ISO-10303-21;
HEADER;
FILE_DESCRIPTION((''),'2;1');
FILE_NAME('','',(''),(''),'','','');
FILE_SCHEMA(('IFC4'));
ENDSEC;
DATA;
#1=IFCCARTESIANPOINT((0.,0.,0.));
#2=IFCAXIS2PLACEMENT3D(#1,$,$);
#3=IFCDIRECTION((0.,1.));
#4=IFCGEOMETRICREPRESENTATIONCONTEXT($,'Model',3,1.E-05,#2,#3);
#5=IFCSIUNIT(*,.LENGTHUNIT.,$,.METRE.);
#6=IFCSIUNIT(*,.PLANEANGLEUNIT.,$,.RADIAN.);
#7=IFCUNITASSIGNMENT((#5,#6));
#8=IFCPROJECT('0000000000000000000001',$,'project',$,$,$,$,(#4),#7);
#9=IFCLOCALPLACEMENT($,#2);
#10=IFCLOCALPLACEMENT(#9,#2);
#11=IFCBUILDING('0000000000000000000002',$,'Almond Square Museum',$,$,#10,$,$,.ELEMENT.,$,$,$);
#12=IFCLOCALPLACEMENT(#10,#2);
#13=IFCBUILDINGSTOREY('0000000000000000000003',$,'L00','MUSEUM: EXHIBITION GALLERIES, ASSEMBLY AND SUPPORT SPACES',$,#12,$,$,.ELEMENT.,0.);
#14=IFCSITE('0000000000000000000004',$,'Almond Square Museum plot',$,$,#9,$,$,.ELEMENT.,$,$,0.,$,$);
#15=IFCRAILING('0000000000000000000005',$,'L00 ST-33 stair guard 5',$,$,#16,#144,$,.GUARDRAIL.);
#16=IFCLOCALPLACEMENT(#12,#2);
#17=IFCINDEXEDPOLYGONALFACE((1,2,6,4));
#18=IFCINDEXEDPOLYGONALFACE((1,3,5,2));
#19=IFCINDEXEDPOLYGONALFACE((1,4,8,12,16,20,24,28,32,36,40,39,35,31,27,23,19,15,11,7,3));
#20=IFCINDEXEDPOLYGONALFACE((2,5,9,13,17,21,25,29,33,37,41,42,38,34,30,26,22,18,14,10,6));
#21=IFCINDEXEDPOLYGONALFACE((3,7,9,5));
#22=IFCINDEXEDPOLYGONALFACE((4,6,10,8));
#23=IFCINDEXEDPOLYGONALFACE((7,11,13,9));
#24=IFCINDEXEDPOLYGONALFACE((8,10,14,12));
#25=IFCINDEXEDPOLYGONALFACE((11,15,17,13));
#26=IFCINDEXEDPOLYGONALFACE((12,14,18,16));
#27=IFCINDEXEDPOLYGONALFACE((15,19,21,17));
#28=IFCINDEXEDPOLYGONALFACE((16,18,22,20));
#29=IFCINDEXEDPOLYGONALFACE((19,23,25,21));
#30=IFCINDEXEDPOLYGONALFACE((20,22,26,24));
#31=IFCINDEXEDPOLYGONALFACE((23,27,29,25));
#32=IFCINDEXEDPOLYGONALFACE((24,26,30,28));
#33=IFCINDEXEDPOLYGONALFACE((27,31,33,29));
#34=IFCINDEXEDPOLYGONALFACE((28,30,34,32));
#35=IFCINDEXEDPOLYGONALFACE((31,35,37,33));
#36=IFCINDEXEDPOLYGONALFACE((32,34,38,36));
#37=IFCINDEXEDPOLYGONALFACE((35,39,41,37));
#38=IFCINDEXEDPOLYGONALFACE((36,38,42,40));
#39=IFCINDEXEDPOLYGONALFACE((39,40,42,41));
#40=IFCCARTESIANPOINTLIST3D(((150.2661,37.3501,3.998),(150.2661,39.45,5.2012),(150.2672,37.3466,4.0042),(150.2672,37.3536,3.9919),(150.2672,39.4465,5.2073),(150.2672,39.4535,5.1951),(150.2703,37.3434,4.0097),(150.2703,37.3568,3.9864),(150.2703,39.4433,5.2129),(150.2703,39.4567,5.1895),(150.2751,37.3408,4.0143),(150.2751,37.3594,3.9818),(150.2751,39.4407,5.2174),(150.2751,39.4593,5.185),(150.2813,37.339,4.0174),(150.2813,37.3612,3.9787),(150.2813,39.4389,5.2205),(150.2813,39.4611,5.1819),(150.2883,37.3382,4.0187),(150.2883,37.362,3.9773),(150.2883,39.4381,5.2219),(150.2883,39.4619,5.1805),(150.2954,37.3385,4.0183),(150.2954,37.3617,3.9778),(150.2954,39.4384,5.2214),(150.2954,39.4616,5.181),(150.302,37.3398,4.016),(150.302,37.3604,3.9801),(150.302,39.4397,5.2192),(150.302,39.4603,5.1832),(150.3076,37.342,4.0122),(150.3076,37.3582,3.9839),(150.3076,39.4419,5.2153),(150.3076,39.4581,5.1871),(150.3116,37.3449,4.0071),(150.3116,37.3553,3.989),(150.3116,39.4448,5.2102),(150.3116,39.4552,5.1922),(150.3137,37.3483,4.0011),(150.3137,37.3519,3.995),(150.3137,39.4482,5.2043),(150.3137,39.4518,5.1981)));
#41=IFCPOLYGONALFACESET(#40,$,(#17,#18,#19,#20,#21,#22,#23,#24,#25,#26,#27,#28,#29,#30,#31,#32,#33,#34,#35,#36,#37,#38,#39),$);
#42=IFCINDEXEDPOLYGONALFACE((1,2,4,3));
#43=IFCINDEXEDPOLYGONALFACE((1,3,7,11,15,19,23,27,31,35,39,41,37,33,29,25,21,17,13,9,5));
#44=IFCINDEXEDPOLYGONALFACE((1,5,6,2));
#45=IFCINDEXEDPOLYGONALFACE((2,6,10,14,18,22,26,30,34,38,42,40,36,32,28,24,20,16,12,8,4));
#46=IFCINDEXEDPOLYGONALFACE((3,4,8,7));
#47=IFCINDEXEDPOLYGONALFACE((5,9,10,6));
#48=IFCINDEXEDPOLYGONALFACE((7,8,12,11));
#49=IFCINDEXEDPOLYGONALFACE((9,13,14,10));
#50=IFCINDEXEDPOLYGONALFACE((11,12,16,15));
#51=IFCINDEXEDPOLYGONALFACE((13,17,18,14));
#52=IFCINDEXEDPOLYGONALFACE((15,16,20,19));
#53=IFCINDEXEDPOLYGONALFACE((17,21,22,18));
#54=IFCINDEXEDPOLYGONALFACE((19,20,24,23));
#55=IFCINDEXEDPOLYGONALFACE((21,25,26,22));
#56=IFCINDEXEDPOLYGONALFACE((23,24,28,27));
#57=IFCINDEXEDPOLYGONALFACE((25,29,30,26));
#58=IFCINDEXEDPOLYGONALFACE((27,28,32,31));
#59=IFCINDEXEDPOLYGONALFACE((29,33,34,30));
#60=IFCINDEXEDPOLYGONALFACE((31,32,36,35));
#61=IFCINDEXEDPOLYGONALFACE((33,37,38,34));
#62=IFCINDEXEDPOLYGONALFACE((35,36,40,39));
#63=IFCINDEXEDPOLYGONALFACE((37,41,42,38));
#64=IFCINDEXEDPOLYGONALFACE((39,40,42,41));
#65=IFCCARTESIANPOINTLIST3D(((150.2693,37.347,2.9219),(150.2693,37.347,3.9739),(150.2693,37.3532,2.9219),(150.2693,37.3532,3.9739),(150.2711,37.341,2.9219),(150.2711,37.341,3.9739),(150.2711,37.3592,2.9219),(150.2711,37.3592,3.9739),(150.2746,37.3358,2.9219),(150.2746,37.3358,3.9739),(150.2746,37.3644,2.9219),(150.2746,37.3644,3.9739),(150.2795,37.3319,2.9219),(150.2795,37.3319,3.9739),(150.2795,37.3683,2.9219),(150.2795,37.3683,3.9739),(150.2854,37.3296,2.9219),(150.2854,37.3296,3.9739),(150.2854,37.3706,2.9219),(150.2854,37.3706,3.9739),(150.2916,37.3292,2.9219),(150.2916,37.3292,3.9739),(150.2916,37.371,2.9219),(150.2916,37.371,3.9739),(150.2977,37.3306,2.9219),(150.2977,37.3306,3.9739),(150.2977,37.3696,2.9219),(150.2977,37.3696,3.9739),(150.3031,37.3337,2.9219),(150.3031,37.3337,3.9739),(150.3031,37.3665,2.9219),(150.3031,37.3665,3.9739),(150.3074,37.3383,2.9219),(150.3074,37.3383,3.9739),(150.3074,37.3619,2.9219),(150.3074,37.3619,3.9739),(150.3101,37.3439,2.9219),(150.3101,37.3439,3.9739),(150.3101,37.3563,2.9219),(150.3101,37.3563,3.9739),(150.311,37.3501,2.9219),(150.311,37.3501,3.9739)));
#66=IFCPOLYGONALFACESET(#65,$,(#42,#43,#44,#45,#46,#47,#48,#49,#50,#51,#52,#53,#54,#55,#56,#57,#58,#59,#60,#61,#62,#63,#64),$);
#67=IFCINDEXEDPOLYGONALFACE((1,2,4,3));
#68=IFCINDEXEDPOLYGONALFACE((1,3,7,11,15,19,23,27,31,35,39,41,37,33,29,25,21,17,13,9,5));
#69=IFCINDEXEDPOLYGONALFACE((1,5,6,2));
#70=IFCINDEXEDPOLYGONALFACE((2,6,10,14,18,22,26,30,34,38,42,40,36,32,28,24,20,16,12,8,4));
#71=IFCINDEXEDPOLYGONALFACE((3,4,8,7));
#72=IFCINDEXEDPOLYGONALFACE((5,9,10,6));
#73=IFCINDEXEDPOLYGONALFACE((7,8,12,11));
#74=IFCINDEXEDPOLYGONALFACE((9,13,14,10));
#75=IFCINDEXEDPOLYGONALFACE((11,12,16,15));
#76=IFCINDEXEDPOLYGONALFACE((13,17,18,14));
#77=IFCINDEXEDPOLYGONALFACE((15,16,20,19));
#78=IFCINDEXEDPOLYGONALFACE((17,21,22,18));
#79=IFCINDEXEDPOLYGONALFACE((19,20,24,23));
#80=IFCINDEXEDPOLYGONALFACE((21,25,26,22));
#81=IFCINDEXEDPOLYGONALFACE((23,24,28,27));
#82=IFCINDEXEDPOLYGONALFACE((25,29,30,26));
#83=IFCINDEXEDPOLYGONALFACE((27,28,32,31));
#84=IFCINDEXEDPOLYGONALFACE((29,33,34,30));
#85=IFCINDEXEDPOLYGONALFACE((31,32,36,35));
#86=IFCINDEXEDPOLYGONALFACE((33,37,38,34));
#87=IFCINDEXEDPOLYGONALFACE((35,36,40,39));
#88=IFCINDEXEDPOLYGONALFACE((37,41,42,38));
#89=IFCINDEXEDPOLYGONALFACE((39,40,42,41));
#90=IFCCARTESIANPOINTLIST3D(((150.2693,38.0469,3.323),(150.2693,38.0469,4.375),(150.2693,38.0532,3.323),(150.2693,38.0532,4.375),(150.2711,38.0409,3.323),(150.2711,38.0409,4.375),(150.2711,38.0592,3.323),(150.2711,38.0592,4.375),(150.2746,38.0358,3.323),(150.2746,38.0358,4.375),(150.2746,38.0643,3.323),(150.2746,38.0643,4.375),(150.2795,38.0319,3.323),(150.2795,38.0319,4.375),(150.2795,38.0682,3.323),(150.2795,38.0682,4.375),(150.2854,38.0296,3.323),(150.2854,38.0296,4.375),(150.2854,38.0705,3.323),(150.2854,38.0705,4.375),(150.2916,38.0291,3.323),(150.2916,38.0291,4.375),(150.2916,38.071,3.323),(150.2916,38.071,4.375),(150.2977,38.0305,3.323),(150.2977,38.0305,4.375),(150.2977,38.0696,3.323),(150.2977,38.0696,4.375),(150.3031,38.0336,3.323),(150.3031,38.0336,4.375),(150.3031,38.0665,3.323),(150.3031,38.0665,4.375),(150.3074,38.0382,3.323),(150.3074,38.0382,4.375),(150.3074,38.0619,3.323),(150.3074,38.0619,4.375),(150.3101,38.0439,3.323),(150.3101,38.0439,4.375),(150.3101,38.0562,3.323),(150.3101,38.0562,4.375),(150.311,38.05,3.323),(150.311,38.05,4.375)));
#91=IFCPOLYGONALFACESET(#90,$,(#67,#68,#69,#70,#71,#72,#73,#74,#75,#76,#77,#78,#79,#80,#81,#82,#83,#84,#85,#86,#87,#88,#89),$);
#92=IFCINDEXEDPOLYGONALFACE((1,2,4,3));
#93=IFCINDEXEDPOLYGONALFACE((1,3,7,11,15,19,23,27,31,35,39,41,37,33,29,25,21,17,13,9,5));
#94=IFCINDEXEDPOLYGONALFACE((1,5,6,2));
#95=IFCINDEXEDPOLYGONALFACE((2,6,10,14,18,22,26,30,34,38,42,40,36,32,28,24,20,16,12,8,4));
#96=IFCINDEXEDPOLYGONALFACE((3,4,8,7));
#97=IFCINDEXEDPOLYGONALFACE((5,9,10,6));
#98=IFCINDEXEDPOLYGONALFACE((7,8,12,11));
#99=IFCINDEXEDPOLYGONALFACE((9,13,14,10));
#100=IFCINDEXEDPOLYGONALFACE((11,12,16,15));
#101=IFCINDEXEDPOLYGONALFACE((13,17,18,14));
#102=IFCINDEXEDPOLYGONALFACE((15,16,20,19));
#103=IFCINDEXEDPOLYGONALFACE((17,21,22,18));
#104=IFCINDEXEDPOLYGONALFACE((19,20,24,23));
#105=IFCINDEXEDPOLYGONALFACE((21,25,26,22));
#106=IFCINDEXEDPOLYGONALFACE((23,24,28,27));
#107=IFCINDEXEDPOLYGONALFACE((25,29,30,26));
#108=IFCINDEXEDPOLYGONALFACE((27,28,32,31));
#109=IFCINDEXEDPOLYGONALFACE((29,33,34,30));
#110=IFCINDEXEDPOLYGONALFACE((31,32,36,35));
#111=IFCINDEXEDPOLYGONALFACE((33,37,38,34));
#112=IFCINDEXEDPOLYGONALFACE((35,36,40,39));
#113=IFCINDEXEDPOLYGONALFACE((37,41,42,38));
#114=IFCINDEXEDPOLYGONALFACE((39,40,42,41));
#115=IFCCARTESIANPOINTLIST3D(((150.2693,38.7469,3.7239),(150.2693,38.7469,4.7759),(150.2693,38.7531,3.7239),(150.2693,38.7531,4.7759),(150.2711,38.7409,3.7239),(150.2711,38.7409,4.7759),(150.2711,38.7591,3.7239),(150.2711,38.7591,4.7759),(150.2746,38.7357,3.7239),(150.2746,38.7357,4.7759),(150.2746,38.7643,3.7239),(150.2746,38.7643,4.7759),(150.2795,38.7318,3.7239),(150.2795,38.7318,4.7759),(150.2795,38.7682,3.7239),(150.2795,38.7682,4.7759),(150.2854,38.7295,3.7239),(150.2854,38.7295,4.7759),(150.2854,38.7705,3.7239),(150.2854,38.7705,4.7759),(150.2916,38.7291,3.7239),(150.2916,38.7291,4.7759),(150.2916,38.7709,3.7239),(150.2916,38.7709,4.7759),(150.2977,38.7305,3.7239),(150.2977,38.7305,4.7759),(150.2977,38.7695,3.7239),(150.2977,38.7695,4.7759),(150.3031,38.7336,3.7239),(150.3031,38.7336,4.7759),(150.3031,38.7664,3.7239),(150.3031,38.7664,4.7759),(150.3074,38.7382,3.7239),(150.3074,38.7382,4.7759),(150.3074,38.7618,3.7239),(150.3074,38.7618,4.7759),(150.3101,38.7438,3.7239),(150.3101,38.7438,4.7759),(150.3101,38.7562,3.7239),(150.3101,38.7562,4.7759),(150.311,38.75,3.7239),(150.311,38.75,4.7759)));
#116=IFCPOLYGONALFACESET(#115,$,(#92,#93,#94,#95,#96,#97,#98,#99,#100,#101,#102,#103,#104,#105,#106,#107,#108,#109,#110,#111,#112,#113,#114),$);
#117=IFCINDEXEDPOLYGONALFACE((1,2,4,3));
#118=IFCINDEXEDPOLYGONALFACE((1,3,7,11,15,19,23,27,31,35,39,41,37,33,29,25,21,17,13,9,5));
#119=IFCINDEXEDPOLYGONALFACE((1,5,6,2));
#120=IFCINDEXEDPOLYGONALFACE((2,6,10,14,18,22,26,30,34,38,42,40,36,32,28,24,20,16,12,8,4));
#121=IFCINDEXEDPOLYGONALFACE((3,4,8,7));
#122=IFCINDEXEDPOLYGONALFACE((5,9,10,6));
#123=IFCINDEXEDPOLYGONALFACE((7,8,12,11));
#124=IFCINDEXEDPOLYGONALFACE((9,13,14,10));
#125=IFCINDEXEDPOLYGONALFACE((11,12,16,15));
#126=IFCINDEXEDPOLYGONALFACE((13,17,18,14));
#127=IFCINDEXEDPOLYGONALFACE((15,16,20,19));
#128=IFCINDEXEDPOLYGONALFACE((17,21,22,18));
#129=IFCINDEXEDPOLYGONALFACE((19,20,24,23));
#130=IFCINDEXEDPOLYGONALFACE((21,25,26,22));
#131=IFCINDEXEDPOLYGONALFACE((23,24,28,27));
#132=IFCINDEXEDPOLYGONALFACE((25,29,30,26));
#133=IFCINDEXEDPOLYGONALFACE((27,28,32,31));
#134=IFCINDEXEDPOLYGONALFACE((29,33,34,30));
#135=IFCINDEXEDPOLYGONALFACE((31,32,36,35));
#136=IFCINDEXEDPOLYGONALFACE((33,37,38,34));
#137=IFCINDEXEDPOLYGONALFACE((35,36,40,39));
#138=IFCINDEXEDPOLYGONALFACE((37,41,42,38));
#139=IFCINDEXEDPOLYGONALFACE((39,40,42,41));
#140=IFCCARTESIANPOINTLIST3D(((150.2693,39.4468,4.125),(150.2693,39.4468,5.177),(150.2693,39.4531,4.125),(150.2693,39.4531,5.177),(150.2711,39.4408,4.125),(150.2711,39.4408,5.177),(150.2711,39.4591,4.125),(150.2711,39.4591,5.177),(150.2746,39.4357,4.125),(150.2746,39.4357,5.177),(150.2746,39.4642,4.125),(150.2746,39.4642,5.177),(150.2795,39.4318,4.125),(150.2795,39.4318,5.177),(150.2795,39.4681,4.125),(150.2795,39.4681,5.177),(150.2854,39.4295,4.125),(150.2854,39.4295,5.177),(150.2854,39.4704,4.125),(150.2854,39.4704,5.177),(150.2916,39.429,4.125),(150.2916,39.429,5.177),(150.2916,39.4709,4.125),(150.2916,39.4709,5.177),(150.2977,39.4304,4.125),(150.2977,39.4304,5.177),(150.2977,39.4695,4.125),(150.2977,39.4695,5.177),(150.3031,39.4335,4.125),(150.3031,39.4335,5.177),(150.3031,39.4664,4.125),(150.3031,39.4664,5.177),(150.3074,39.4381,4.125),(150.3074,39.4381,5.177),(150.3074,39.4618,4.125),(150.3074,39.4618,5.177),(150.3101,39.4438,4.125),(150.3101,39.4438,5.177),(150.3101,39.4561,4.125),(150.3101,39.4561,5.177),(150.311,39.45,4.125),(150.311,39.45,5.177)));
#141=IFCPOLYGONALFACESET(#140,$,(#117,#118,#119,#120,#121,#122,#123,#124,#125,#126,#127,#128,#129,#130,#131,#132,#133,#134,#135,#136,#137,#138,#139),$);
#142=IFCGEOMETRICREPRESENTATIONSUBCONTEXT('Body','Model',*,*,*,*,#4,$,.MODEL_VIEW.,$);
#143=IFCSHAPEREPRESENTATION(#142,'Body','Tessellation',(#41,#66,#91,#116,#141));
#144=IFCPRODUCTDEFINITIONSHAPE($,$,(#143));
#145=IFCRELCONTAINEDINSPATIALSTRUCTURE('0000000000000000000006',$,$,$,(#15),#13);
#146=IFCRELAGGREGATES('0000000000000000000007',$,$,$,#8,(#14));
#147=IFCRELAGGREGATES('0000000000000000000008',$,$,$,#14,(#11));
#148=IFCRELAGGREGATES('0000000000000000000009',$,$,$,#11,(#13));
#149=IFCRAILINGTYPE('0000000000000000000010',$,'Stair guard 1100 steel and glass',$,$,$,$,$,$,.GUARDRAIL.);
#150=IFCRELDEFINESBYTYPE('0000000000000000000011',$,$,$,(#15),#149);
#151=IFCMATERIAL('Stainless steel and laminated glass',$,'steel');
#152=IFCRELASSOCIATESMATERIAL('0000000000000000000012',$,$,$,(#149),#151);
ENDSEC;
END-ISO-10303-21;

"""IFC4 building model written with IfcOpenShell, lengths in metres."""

from ifc_helpers import new_model, si_unit, direction, frame, origin, origin_2d, place, context, subcontext, project, spatial, circle, extrude, material, type_object, element, save


model = new_model("IFC4")

# Units and contexts
model_context = context("Model", 3, precision=1e-05, world=origin(), true_north=direction((0.0, 1.0)))
body_context = subcontext(model_context, "Body", "Model", "MODEL_VIEW")
ifc_project = project(units=[si_unit("LENGTHUNIT", "METRE"), si_unit("PLANEANGLEUNIT", "RADIAN")], contexts=[model_context])

# Site, building, storey
site_placement = place(None, origin())
site = spatial("IfcSite", under=ifc_project, at=site_placement, Name="Almond Square Museum plot", CompositionType="ELEMENT", RefElevation=0.0)
building_placement = place(site_placement, origin())
building = spatial("IfcBuilding", under=site, at=building_placement, Name="Almond Square Museum", CompositionType="ELEMENT")
storey_placement = place(building_placement, origin())
storey = spatial("IfcBuildingStorey", under=building, at=storey_placement, Name="L00", Description="MUSEUM: EXHIBITION GALLERIES, ASSEMBLY AND SUPPORT SPACES", CompositionType="ELEMENT", Elevation=0.0)

# Railing
ifc_material_1 = material(Name="Stainless steel and laminated glass", Category="steel")
railing_type_1 = type_object("IfcRailingType", Name="Stair guard 1100 steel and glass", PredefinedType="GUARDRAIL", material=ifc_material_1)
railing_1_placement = place(storey_placement, frame((150.29, 37.3501, 2.9219)))
element("IfcRailing", 1, at=railing_1_placement, inside=storey, type_object=railing_type_1, Name="L00 ST-33 stair guard 5", PredefinedType="GUARDRAIL", context=body_context, shape_type="SweptSolid", body=[
    extrude(circle(Radius=0.0239, at=origin_2d()), frame((0.0, 0.0, 1.0762), z_axis=(0.0, 0.867671, 0.497138), x_axis=(-1.0, 0.0, 0.0)), (0.0, 0.0, 1.0), 2.4202),
    extrude(circle(Radius=0.021, at=origin_2d()), origin(), (0.0, 0.0, 1.0), 1.052),
    extrude(circle(Radius=0.021, at=origin_2d()), frame((0.0, 0.7, 0.4011)), (0.0, 0.0, 1.0), 1.052),
    extrude(circle(Radius=0.021, at=origin_2d()), frame((0.0, 1.3999, 0.802)), (0.0, 0.0, 1.0), 1.052),
    extrude(circle(Radius=0.021, at=origin_2d()), frame((0.0, 2.0999, 1.2031)), (0.0, 0.0, 1.0), 1.052),
])

save(model, "model.ifc")
